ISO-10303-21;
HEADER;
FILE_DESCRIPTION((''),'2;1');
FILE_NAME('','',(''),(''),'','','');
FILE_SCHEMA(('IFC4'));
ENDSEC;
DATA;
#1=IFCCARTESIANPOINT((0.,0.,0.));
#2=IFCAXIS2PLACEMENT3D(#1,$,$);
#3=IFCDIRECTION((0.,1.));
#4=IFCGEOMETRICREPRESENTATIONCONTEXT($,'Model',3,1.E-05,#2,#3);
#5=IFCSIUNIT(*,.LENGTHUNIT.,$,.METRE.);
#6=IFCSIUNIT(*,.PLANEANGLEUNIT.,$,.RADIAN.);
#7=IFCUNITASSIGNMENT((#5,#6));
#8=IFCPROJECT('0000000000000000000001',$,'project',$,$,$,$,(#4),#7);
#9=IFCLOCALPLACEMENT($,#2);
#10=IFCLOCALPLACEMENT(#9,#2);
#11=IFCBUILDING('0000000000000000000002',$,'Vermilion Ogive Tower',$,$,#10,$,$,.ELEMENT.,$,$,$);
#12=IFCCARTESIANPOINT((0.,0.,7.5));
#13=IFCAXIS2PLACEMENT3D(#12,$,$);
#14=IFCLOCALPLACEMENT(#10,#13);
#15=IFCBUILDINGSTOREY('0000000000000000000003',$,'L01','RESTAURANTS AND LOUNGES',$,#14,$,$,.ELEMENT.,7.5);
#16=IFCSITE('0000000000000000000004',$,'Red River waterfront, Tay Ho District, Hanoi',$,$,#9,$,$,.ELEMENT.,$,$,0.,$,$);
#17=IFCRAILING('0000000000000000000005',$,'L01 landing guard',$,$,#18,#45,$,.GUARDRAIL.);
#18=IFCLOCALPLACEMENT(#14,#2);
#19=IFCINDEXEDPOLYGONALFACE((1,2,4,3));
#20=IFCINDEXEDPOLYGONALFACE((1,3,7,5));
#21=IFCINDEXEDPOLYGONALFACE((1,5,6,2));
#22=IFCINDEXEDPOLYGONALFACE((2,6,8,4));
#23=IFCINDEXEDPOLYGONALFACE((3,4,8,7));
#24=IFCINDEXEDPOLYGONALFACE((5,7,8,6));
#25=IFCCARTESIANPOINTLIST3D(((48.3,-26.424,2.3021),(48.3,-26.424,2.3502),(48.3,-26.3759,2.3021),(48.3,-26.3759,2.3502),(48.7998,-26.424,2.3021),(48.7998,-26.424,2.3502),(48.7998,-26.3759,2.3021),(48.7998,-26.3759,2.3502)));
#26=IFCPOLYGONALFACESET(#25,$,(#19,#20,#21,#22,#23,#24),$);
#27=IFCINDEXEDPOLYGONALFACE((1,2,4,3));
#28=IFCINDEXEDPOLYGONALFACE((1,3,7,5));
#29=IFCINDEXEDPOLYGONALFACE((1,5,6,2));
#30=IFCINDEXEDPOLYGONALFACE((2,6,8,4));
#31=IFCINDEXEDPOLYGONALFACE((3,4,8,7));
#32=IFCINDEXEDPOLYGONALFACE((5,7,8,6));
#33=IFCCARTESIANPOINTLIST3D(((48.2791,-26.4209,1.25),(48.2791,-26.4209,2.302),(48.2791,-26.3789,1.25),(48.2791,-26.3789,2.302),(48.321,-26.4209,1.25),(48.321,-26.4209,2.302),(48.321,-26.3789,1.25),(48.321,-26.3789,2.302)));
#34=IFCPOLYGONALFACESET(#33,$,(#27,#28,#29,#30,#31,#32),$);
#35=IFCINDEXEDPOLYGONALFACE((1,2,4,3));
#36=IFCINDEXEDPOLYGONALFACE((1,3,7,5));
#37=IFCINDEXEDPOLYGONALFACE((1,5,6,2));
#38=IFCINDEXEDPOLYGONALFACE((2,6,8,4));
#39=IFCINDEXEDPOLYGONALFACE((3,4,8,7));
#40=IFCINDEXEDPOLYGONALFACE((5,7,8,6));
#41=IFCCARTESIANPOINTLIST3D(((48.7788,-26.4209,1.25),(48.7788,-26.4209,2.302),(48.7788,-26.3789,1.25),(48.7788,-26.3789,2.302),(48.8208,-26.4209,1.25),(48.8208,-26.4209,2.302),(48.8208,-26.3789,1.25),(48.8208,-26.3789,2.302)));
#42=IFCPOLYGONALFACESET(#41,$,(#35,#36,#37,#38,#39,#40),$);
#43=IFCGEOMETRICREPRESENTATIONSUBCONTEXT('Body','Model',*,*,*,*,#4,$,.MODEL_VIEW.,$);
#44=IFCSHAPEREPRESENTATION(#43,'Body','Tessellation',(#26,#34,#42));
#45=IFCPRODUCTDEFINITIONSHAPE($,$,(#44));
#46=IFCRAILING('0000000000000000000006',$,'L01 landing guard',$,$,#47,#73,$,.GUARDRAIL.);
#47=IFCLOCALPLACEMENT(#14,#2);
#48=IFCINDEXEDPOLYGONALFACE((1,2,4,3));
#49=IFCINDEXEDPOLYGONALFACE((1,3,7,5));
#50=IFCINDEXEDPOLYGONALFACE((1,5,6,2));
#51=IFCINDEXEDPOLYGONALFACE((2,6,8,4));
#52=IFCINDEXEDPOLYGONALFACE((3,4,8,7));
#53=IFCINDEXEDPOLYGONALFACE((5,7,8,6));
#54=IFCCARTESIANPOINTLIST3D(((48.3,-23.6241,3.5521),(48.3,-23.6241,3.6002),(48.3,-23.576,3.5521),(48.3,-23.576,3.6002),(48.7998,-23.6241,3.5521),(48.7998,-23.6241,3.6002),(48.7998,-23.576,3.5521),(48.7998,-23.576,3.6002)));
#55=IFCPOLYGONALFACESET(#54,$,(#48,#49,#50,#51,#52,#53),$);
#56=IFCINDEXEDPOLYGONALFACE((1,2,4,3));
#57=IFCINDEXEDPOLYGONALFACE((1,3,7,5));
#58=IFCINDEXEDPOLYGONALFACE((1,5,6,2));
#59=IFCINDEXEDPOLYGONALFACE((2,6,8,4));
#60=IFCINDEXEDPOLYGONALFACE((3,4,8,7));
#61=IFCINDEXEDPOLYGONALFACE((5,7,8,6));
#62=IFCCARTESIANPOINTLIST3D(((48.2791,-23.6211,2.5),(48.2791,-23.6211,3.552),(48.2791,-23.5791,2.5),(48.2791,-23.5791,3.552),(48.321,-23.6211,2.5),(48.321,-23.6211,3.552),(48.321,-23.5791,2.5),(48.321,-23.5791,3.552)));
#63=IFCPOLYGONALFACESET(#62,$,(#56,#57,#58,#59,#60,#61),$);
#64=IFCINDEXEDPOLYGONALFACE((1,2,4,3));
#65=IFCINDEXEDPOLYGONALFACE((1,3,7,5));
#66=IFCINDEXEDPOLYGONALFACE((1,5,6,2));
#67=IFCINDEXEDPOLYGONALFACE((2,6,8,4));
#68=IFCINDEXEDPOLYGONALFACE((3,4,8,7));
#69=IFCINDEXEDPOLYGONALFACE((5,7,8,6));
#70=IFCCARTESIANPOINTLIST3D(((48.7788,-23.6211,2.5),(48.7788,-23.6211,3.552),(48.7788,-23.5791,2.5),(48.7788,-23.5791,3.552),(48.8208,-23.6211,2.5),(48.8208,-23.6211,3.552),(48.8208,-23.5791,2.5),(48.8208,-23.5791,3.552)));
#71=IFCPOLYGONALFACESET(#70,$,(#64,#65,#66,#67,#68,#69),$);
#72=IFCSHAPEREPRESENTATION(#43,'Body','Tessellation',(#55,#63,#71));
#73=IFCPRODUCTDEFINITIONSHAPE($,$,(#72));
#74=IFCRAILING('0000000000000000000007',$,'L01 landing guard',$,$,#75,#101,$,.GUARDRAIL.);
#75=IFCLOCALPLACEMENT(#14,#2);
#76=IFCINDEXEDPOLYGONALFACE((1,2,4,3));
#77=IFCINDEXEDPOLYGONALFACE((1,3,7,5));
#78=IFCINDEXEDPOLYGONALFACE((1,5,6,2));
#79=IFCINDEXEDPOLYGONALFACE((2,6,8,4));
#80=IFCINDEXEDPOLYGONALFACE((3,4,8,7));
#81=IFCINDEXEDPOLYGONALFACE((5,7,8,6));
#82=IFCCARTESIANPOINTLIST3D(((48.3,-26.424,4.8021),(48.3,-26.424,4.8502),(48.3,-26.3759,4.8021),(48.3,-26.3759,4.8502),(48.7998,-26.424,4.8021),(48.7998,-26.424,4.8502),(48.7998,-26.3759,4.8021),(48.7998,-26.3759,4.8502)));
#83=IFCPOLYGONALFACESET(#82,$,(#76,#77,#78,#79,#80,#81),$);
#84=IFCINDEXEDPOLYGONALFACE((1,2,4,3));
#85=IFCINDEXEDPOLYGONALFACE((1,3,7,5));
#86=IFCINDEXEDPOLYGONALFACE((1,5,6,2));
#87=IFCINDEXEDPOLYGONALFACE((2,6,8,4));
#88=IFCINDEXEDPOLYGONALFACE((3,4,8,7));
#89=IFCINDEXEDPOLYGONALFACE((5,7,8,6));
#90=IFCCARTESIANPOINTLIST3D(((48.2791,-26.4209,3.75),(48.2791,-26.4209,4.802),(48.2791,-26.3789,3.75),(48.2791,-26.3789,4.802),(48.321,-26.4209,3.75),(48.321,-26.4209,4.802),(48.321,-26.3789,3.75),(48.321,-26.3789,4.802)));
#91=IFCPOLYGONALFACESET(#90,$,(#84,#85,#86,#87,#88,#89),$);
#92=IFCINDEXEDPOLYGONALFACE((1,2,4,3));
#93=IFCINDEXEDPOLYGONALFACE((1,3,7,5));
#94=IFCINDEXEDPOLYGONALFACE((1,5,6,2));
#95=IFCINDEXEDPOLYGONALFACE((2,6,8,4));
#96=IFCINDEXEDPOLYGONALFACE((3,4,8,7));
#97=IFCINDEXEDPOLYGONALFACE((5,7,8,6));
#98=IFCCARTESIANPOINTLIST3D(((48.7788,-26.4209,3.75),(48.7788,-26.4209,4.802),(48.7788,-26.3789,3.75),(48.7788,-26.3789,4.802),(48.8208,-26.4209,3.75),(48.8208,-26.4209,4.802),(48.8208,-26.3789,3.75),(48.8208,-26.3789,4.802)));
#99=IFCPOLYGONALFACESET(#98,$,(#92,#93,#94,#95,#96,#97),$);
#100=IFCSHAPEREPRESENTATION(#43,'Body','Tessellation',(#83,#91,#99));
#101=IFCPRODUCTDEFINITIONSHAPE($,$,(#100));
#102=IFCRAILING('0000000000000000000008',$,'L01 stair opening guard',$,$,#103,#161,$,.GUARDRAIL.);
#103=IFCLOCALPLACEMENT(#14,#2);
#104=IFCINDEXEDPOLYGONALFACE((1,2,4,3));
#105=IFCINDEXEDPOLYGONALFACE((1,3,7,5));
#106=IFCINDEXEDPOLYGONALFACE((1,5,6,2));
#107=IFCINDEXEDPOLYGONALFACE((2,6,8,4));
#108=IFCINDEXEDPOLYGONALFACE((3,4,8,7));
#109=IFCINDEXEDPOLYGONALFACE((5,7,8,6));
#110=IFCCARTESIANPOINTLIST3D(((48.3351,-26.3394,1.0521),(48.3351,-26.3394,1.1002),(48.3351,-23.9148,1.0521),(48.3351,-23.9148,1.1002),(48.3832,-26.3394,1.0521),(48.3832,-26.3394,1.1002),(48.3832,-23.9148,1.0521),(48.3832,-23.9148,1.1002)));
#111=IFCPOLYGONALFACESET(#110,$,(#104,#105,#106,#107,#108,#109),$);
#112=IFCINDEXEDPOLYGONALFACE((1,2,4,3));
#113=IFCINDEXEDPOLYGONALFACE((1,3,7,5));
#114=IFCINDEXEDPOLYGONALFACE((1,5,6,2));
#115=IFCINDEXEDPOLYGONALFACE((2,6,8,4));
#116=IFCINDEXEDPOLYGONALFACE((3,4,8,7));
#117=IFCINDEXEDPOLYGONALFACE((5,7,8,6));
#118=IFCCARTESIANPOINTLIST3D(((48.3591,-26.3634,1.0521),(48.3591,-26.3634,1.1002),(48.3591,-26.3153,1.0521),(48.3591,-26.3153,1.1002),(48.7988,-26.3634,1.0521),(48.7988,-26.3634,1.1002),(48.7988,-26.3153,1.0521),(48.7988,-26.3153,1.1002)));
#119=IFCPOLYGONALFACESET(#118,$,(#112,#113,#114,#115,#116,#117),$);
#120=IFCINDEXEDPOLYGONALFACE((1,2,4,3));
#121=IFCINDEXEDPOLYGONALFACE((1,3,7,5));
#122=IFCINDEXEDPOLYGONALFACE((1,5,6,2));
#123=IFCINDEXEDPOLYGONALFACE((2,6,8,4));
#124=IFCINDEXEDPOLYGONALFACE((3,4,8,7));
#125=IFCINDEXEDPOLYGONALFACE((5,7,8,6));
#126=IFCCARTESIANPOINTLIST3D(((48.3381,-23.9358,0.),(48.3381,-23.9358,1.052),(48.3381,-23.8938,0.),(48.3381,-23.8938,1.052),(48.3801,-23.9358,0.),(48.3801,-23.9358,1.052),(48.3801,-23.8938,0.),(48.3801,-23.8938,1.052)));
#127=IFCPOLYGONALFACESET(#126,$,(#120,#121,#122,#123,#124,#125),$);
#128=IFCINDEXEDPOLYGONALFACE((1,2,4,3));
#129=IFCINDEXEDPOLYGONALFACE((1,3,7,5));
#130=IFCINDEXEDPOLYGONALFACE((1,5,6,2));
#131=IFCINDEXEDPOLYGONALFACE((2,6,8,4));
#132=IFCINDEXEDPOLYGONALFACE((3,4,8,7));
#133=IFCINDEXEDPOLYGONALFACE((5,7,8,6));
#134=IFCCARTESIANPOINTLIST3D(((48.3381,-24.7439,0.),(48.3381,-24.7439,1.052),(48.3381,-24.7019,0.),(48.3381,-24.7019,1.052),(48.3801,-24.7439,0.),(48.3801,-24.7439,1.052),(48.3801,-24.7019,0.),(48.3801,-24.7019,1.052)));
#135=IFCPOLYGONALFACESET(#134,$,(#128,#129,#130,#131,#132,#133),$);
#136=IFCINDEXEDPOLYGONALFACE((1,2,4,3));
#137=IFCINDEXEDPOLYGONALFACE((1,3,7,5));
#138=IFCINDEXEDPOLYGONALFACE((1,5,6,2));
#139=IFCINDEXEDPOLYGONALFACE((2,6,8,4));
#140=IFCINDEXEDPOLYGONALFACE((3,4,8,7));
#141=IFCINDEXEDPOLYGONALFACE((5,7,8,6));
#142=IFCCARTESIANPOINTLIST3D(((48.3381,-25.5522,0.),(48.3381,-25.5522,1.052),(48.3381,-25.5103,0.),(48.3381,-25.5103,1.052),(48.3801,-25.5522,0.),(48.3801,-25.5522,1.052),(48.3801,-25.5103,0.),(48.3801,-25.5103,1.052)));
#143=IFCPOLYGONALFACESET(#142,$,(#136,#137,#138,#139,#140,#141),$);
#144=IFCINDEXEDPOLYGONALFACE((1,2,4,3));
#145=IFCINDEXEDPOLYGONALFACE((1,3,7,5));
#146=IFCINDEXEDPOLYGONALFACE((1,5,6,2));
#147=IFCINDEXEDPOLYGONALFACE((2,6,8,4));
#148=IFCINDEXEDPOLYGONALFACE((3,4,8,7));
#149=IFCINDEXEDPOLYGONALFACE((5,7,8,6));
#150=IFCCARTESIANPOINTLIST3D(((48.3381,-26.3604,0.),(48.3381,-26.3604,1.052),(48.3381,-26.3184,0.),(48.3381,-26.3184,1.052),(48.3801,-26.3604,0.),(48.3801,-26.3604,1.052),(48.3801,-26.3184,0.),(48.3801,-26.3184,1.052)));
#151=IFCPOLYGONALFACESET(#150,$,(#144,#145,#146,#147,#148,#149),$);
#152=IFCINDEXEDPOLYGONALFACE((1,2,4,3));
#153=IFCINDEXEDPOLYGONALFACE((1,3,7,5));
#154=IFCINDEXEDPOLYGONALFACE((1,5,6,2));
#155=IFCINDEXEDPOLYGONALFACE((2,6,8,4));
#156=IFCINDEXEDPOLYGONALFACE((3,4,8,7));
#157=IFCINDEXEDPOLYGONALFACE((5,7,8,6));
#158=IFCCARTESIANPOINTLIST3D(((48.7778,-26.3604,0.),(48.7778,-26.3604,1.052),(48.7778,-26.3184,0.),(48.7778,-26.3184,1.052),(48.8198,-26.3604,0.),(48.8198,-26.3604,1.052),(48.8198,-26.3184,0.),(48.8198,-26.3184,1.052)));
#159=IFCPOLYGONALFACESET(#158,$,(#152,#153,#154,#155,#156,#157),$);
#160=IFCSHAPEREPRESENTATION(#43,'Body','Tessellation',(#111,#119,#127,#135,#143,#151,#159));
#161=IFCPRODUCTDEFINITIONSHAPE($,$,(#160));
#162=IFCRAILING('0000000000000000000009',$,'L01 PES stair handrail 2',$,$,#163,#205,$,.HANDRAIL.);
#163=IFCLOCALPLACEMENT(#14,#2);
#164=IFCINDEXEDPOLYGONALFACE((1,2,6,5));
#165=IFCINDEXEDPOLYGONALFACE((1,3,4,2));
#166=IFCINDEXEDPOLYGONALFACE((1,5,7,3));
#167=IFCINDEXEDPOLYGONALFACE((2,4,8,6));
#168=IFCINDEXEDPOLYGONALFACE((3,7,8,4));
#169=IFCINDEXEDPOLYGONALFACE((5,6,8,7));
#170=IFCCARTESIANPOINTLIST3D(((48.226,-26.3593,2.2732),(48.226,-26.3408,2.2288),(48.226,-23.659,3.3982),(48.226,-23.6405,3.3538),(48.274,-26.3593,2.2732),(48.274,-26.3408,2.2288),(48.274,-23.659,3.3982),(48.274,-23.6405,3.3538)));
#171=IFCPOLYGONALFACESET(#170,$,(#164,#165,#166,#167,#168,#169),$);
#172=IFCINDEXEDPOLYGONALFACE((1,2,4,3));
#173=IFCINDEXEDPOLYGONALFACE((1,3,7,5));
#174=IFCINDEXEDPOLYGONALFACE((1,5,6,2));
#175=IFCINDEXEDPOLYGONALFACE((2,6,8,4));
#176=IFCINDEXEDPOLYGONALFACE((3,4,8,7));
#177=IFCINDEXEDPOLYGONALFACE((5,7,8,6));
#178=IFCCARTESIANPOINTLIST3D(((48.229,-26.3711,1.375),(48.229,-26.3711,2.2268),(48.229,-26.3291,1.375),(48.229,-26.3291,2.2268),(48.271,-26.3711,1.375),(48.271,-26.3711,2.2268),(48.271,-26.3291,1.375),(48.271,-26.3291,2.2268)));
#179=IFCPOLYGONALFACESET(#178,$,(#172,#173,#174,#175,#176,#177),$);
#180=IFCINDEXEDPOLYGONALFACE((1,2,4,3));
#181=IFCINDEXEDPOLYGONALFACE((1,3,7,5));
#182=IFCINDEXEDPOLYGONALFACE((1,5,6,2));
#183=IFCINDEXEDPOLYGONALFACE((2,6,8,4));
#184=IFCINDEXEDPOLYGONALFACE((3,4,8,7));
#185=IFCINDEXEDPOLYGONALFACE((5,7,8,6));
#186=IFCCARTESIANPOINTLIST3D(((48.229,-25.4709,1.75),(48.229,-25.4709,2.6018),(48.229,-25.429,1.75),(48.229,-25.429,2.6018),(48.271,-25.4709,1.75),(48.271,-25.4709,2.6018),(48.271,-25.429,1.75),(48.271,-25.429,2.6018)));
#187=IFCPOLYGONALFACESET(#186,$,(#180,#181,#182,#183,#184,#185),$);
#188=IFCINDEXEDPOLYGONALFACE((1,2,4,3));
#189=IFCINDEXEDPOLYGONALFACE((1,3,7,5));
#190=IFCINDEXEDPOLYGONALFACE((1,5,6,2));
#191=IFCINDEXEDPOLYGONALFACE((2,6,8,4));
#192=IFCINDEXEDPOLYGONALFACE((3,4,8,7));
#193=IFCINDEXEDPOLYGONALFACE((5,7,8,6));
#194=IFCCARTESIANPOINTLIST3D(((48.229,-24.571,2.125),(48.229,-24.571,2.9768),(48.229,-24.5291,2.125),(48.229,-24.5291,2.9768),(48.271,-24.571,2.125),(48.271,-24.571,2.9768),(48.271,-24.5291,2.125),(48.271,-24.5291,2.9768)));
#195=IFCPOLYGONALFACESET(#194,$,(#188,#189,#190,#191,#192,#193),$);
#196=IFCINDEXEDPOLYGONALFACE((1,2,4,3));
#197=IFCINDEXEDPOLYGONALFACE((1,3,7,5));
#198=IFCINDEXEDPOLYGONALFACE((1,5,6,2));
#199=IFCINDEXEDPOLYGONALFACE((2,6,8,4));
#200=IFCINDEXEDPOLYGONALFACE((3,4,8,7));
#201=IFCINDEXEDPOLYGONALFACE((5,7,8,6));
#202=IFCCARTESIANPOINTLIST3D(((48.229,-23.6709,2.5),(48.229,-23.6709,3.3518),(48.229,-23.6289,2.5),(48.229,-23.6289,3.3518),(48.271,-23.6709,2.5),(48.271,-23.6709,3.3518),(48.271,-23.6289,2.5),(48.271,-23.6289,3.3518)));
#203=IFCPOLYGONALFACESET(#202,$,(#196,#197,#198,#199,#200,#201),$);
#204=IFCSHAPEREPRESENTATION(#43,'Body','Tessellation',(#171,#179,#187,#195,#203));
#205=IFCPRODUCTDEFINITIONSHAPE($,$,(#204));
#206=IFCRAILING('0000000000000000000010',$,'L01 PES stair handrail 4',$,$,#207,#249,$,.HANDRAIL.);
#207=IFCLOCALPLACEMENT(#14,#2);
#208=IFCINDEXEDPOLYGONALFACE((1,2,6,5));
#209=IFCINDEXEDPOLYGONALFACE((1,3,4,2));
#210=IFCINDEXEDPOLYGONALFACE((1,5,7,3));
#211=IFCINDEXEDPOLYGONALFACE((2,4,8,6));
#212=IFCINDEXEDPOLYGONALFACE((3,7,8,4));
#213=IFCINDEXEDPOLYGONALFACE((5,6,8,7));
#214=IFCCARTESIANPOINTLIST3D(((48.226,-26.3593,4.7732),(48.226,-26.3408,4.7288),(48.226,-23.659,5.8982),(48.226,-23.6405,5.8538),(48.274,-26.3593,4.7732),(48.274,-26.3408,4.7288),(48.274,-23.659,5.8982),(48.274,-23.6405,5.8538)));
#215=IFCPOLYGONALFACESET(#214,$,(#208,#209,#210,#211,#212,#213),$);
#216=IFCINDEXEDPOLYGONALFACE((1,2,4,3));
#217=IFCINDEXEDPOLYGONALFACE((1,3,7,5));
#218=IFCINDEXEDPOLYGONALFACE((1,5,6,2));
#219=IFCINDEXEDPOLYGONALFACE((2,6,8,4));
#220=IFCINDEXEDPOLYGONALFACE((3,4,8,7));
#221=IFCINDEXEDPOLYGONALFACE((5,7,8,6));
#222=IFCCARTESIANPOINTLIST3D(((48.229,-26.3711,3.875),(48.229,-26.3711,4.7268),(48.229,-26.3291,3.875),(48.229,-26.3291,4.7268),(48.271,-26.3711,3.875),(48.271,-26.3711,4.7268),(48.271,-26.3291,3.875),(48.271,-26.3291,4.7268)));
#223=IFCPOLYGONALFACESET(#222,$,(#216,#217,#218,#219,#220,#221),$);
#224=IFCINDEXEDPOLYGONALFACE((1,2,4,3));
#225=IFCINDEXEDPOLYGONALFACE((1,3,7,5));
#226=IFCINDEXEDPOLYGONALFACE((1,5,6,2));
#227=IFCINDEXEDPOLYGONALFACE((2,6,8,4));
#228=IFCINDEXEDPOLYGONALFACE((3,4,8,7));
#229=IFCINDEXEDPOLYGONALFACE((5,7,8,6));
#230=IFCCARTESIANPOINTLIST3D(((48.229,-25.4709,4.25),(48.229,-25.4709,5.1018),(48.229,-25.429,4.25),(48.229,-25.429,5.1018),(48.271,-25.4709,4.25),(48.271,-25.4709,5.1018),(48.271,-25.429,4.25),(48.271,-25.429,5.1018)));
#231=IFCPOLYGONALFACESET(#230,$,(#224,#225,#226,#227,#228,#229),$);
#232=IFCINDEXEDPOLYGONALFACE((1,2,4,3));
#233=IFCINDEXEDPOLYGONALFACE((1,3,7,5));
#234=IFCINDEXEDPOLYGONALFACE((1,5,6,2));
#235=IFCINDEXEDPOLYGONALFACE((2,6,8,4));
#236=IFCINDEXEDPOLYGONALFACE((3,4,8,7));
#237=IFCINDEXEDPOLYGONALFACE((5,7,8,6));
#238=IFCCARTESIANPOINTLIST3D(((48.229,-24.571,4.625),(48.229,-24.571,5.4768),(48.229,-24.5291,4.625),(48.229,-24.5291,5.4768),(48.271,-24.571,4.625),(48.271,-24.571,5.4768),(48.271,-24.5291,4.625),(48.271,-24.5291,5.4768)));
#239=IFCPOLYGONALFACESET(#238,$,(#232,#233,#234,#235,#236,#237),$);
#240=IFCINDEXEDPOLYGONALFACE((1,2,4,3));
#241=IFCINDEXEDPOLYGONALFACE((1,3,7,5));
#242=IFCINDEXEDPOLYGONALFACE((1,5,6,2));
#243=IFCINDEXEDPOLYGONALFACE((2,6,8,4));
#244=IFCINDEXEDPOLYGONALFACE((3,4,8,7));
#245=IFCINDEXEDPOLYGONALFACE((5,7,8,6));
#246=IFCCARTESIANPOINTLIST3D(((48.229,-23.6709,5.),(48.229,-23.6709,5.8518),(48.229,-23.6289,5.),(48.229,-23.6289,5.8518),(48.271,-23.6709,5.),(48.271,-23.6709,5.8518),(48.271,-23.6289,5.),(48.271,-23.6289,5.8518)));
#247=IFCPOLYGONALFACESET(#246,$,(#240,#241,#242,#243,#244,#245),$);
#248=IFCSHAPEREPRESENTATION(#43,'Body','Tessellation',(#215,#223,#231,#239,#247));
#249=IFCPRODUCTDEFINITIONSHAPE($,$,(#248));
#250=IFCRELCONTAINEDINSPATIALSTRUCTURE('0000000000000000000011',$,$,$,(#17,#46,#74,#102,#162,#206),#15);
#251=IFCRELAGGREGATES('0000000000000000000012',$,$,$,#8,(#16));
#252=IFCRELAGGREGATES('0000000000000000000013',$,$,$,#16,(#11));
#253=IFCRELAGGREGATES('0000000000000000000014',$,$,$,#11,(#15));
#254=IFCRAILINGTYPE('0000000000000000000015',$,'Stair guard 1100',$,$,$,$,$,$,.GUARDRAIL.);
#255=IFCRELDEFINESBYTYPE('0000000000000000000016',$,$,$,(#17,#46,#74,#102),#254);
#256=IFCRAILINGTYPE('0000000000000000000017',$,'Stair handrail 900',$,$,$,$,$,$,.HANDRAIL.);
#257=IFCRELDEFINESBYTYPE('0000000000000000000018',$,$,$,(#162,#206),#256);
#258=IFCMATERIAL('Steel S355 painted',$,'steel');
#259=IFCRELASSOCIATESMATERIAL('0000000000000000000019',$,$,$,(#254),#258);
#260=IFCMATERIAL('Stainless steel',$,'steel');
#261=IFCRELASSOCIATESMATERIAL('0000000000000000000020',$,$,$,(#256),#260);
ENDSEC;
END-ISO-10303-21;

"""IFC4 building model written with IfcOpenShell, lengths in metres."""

from ifc_helpers import new_model, si_unit, direction, frame, origin, origin_2d, place, context, subcontext, project, spatial, rectangle, extrude, material, type_object, element, save


model = new_model("IFC4")

# Units and contexts
model_context = context("Model", 3, precision=1e-05, world=origin(), true_north=direction((0.0, 1.0)))
body_context = subcontext(model_context, "Body", "Model", "MODEL_VIEW")
ifc_project = project(units=[si_unit("LENGTHUNIT", "METRE"), si_unit("PLANEANGLEUNIT", "RADIAN")], contexts=[model_context])

# Site, building, storey
site_placement = place(None, origin())
site = spatial("IfcSite", under=ifc_project, at=site_placement, Name="Red River waterfront, Tay Ho District, Hanoi", CompositionType="ELEMENT", RefElevation=0.0)
building_placement = place(site_placement, origin())
building = spatial("IfcBuilding", under=site, at=building_placement, Name="Vermilion Ogive Tower", CompositionType="ELEMENT")
storey_placement = place(building_placement, frame((0.0, 0.0, 7.5)))
storey = spatial("IfcBuildingStorey", under=building, at=storey_placement, Name="L01", Description="RESTAURANTS AND LOUNGES", CompositionType="ELEMENT", Elevation=7.5)

# Railings
ifc_material_1 = material(Name="Steel S355 painted", Category="steel")
railing_type_1 = type_object("IfcRailingType", Name="Stair guard 1100", PredefinedType="GUARDRAIL", material=ifc_material_1)
for number, where, name in (
    (1, (48.3, -26.3999, 1.25), "L01 landing guard"),
    (2, (48.3, -23.6001, 2.5), "L01 landing guard"),
    (3, (48.3, -26.3999, 3.75), "L01 landing guard"),
):
    element("IfcRailing", number, at=place(storey_placement, frame(where)), inside=storey, type_object=railing_type_1, Name=name, PredefinedType="GUARDRAIL", context=body_context, shape_type="SweptSolid", body=[
        extrude(rectangle(XDim=0.0481, YDim=0.0481, at=origin_2d()), frame((0.0, 0.0, 1.0762), z_axis=(1.0, 0.0, 0.0), x_axis=(0.0, 1.0, 0.0)), (0.0, 0.0, 1.0), 0.4998),
        extrude(rectangle(XDim=0.042, YDim=0.042, at=origin_2d()), origin(), (0.0, 0.0, 1.0), 1.052),
        extrude(rectangle(XDim=0.042, YDim=0.042, at=origin_2d()), frame((0.4998, 0.0, 0.0)), (0.0, 0.0, 1.0), 1.052),
    ])
railing_1_placement = place(storey_placement, frame((48.3591, -23.9148, 0.0)))
element("IfcRailing", 4, at=railing_1_placement, inside=storey, type_object=railing_type_1, Name="L01 stair opening guard", PredefinedType="GUARDRAIL", context=body_context, shape_type="SweptSolid", body=[
    extrude(rectangle(XDim=0.0481, YDim=0.0481, at=origin_2d()), frame((0.0, 0.0, 1.0762), z_axis=(0.0, -1.0, 0.0), x_axis=(1.0, 0.0, 0.0)), (0.0, 0.0, 1.0), 2.4246),
    extrude(rectangle(XDim=0.0481, YDim=0.0481, at=origin_2d()), frame((0.0, -2.4246, 1.0762), z_axis=(1.0, 0.0, 0.0), x_axis=(0.0, 1.0, 0.0)), (0.0, 0.0, 1.0), 0.4397),
    extrude(rectangle(XDim=0.042, YDim=0.042, at=origin_2d()), origin(), (0.0, 0.0, 1.0), 1.052),
    extrude(rectangle(XDim=0.042, YDim=0.042, at=origin_2d()), frame((0.0, -0.8081, 0.0)), (0.0, 0.0, 1.0), 1.052),
    extrude(rectangle(XDim=0.042, YDim=0.042, at=origin_2d()), frame((0.0, -1.6165, 0.0)), (0.0, 0.0, 1.0), 1.052),
    extrude(rectangle(XDim=0.042, YDim=0.042, at=origin_2d()), frame((0.0, -2.4246, 0.0)), (0.0, 0.0, 1.0), 1.052),
    extrude(rectangle(XDim=0.042, YDim=0.042, at=origin_2d()), frame((0.4397, -2.4246, 0.0)), (0.0, 0.0, 1.0), 1.052),
])
ifc_material_2 = material(Name="Stainless steel", Category="steel")
railing_type_2 = type_object("IfcRailingType", Name="Stair handrail 900", PredefinedType="HANDRAIL", material=ifc_material_2)
for number, where, name in (
    (5, (48.25, -26.3501, 1.375), "L01 PES stair handrail 2"),
    (6, (48.25, -26.3501, 3.875), "L01 PES stair handrail 4"),
):
    element("IfcRailing", number, at=place(storey_placement, frame(where)), inside=storey, type_object=railing_type_2, Name=name, PredefinedType="HANDRAIL", context=body_context, shape_type="SweptSolid", body=[
        extrude(rectangle(XDim=0.0481, YDim=0.0481, at=origin_2d()), frame((0.0, 0.0, 0.876), z_axis=(0.0, 0.923087, 0.384592), x_axis=(-1.0, 0.0, 0.0)), (0.0, 0.0, 1.0), 2.9253),
        extrude(rectangle(XDim=0.042, YDim=0.042, at=origin_2d()), origin(), (0.0, 0.0, 1.0), 0.8518),
        extrude(rectangle(XDim=0.042, YDim=0.042, at=origin_2d()), frame((0.0, 0.9001, 0.375)), (0.0, 0.0, 1.0), 0.8518),
        extrude(rectangle(XDim=0.042, YDim=0.042, at=origin_2d()), frame((0.0, 1.8, 0.75)), (0.0, 0.0, 1.0), 0.8518),
        extrude(rectangle(XDim=0.042, YDim=0.042, at=origin_2d()), frame((0.0, 2.7002, 1.125)), (0.0, 0.0, 1.0), 0.8518),
    ])

save(model, "model.ifc")
